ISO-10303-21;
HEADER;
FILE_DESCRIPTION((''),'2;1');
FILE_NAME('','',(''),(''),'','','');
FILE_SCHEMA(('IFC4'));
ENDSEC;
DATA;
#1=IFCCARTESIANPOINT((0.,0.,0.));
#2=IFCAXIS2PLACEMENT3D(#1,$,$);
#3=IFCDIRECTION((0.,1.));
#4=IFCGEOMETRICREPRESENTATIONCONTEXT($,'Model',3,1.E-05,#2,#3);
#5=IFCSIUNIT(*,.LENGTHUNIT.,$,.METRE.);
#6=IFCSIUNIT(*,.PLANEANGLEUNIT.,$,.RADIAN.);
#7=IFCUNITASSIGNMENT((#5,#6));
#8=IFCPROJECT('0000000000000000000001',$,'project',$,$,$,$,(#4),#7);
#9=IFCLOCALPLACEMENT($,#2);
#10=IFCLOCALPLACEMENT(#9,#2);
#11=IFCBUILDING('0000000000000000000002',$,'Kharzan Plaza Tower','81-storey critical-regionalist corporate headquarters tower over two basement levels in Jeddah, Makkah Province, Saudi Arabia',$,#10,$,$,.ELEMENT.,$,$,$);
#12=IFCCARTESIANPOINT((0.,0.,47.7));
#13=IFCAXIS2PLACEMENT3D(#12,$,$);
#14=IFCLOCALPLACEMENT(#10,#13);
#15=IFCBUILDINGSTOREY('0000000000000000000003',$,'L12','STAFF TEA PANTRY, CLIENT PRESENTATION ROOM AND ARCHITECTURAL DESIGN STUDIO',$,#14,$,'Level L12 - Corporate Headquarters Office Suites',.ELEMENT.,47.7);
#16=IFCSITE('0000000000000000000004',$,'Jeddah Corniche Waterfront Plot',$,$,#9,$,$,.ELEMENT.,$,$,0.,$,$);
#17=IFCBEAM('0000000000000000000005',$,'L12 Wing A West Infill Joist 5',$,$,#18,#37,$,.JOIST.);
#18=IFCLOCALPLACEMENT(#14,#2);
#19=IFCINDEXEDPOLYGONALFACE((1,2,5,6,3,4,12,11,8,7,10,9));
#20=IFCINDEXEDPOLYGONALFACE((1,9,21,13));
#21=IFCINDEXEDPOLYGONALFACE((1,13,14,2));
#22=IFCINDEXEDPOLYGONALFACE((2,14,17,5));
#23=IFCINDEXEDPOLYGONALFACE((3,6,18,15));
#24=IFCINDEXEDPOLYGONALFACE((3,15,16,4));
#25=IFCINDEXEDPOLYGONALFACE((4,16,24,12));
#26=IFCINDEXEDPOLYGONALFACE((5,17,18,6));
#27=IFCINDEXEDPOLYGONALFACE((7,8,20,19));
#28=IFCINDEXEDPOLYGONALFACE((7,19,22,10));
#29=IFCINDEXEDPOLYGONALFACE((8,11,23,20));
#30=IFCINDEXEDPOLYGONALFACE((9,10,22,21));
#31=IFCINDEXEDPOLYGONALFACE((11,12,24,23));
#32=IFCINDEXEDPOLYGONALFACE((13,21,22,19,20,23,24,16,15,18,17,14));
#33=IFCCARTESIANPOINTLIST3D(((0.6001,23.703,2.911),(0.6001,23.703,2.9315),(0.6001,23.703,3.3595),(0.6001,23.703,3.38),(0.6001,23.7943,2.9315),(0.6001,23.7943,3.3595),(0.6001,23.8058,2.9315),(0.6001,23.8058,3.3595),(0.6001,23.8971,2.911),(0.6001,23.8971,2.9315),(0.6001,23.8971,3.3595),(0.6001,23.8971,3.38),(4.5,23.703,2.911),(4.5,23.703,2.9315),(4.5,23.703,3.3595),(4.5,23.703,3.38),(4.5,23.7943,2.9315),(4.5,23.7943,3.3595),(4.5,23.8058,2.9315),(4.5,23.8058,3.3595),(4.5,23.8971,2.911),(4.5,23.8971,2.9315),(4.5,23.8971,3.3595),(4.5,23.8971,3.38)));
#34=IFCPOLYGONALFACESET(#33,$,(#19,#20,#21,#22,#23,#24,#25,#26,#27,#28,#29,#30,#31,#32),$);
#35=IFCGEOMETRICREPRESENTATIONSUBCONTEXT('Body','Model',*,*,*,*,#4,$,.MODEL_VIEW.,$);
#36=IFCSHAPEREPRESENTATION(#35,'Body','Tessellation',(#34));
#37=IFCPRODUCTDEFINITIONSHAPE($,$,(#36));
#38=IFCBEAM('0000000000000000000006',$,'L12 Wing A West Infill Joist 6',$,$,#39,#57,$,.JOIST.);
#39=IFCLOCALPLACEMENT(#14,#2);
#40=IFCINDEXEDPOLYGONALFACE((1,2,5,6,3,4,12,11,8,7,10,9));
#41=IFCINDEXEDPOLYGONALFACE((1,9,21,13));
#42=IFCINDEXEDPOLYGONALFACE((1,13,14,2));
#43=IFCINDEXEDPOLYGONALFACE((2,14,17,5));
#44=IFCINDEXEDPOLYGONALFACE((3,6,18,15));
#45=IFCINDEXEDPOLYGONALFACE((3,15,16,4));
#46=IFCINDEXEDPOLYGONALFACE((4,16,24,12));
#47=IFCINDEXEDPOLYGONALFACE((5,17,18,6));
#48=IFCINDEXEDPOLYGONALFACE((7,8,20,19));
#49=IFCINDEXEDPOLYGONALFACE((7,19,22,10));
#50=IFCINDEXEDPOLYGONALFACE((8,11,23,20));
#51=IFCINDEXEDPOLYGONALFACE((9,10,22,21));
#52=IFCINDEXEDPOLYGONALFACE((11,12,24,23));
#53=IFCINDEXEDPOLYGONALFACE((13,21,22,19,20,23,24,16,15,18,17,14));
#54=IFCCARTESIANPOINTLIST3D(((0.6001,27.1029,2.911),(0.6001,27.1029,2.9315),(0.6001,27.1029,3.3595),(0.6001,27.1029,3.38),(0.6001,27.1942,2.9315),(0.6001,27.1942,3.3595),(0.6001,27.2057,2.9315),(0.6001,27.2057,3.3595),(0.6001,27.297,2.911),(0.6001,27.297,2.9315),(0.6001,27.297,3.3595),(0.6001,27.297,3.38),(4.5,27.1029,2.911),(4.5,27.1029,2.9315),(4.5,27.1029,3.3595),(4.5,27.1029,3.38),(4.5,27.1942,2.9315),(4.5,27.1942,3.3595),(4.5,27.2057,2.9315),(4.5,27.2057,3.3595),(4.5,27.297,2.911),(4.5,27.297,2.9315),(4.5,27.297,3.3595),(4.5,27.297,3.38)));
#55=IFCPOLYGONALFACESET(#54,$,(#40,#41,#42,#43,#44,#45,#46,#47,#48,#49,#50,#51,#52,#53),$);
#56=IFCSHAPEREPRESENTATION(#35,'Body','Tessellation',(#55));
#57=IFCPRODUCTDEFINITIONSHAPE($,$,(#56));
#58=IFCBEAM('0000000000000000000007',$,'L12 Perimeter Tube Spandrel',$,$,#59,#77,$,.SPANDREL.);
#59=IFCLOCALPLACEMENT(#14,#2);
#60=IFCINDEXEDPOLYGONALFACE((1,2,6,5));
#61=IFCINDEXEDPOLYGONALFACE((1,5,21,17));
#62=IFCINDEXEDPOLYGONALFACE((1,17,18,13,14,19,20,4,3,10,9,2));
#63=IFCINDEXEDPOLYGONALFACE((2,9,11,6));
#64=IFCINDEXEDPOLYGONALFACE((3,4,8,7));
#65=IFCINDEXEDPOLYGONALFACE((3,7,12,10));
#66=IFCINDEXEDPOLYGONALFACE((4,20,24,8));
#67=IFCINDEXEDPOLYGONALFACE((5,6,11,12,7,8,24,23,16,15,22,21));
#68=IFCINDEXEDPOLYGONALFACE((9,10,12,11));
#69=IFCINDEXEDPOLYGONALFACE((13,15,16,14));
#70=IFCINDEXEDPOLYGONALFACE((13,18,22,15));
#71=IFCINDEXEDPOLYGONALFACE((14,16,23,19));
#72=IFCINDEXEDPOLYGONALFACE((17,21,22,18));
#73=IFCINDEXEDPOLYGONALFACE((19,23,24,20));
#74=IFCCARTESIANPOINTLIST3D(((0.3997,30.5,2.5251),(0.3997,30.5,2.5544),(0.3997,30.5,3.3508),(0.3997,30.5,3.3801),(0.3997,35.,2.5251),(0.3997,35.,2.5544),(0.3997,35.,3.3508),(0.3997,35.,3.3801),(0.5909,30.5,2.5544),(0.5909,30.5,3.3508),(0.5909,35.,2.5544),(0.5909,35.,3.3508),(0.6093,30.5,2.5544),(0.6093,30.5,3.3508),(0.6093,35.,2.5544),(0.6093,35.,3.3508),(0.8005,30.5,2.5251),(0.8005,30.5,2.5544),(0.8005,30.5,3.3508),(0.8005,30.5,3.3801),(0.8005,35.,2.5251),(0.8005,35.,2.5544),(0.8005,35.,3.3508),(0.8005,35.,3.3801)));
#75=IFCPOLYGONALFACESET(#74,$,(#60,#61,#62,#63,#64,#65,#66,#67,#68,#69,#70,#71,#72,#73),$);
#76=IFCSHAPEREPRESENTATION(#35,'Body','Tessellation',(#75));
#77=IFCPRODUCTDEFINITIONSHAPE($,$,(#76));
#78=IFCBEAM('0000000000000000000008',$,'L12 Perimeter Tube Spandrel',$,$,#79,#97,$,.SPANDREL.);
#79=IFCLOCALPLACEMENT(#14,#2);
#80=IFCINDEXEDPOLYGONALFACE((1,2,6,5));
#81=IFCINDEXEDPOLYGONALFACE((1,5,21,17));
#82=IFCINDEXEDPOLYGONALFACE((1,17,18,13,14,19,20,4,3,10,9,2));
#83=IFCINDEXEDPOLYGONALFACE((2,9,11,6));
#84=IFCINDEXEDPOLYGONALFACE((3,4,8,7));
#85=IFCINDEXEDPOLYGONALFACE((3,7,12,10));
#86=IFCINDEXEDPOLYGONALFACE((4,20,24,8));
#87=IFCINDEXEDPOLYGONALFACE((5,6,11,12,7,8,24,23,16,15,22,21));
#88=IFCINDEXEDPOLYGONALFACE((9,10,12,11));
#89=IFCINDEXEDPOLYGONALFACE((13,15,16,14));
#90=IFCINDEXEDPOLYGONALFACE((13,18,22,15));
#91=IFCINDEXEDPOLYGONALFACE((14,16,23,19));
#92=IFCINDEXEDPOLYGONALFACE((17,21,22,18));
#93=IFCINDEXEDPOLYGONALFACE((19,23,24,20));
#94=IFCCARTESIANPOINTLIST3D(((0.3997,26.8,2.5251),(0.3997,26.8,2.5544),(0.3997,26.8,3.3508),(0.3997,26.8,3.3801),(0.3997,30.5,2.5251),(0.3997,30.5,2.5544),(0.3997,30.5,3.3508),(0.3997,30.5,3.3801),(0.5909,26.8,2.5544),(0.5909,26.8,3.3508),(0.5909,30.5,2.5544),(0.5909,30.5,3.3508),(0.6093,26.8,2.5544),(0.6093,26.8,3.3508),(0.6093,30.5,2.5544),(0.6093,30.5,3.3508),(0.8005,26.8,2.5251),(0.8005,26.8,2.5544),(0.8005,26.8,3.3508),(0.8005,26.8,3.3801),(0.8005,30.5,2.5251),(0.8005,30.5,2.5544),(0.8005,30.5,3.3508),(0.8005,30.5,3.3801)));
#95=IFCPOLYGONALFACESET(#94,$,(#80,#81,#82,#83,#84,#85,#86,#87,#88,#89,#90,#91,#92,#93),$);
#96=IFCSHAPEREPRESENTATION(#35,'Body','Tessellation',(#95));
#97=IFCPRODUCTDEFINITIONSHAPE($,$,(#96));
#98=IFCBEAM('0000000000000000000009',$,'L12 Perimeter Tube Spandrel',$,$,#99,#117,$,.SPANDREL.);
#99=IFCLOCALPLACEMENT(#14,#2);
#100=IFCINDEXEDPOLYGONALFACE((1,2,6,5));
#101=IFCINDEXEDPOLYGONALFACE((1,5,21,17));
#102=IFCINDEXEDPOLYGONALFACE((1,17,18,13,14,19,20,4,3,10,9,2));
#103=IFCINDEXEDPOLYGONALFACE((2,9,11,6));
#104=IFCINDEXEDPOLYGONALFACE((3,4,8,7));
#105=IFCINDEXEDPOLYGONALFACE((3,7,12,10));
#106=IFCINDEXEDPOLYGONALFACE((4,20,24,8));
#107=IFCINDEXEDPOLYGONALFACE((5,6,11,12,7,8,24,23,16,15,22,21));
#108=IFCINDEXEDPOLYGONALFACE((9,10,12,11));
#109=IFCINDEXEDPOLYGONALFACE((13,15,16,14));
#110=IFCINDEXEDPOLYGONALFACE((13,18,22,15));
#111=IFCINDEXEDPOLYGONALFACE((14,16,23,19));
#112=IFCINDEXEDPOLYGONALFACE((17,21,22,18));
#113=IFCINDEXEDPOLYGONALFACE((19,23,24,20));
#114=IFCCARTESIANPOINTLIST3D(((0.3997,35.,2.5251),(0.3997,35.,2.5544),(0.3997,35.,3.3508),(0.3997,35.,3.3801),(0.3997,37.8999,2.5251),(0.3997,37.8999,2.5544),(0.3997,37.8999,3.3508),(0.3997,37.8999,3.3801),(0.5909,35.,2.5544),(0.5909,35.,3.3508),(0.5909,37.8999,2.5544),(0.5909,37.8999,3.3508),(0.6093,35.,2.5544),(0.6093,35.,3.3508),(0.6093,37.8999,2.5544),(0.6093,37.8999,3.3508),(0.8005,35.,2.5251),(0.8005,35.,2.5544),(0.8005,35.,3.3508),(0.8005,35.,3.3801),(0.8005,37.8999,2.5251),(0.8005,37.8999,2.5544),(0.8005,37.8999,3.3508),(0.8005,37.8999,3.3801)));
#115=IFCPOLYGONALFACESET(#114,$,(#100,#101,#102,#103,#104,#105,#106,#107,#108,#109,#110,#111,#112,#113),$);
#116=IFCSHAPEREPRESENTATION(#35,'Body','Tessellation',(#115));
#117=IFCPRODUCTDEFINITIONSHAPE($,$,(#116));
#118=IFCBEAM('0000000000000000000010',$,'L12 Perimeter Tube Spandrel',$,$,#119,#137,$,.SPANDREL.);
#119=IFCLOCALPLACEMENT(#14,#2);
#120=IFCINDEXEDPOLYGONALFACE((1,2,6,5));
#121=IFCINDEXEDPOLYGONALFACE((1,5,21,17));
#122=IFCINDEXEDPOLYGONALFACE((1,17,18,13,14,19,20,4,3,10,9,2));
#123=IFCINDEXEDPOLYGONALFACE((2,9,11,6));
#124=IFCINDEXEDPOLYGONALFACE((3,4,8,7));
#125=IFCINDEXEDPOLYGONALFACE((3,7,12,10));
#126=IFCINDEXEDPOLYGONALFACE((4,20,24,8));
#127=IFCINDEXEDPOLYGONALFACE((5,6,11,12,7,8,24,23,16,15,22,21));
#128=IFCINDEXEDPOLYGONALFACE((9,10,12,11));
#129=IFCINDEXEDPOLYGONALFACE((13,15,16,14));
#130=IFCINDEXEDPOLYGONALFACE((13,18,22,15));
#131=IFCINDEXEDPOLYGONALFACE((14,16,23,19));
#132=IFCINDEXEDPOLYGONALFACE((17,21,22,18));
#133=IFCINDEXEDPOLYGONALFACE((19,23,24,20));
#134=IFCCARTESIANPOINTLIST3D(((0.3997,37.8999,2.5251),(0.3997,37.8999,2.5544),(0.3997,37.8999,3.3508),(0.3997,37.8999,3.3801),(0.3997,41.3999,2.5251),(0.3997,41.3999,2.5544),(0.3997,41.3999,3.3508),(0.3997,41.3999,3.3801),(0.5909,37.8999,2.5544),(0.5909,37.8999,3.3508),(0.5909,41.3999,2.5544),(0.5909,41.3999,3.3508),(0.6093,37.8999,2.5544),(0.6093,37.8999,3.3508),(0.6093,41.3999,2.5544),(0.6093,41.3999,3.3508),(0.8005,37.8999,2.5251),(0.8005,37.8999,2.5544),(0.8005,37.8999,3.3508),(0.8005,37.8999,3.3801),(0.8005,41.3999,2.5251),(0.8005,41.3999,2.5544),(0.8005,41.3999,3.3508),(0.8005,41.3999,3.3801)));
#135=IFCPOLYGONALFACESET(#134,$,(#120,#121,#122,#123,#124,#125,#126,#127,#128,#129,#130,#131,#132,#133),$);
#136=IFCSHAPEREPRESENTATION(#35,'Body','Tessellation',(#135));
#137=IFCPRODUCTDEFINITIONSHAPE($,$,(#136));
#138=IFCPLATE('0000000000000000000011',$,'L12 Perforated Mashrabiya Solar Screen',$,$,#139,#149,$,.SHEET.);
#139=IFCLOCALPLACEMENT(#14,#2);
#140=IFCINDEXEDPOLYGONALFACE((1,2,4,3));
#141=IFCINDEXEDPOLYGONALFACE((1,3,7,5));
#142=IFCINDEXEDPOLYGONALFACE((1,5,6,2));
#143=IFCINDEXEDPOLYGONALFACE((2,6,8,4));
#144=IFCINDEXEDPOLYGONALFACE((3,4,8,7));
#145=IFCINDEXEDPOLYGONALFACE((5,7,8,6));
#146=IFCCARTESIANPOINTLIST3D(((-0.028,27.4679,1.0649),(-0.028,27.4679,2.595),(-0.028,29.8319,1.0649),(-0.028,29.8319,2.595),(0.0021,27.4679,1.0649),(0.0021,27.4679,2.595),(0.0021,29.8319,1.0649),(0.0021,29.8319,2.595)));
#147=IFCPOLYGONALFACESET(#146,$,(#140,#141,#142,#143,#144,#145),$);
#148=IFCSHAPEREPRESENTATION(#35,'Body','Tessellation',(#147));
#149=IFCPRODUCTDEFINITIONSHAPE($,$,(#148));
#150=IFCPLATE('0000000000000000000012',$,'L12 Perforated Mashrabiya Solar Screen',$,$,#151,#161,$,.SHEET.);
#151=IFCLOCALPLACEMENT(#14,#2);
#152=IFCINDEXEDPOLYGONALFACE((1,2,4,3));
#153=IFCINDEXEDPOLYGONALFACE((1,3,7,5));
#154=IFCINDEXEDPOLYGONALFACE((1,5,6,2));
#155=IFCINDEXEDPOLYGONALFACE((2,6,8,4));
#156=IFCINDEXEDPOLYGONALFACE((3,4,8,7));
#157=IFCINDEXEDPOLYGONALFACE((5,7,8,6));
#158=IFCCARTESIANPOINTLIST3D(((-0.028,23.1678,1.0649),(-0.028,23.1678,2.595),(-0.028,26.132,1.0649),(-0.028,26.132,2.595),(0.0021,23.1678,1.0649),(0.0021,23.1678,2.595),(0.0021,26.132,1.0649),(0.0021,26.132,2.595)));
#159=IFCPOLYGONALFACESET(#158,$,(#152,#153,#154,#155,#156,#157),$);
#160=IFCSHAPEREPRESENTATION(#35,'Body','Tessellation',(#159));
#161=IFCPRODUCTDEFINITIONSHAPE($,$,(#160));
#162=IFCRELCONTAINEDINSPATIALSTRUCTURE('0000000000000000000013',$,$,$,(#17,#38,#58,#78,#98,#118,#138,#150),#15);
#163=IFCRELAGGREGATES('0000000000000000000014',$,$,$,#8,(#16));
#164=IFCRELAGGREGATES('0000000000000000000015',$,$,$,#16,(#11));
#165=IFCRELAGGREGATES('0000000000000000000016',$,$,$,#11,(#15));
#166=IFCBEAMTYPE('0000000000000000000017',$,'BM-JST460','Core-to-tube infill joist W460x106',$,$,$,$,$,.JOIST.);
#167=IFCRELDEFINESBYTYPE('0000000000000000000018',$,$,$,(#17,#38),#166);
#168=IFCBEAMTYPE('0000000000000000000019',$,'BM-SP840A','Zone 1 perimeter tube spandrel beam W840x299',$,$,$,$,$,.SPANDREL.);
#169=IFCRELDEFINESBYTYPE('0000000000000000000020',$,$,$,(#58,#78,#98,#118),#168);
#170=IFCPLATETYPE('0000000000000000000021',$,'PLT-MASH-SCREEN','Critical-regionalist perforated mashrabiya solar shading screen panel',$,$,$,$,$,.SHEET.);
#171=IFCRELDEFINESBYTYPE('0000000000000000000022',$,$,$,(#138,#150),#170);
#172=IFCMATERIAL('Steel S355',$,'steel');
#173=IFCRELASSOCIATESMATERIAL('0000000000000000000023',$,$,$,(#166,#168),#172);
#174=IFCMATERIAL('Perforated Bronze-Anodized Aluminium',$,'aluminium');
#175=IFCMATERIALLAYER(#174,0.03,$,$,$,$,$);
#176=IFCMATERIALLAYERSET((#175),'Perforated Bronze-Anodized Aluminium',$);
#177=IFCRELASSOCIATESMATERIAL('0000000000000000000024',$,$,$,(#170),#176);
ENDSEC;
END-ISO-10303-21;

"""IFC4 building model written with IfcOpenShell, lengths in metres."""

from ifc_helpers import new_model, si_unit, direction, frame, origin, origin_2d, place, context, subcontext, project, spatial, rectangle, i_section, extrude, source, transform, mapped, material, layer, layer_set, material_profile, profile_set, type_object, element, save


model = new_model("IFC4")

# Units and contexts
model_context = context("Model", 3, precision=1e-05, world=origin(), true_north=direction((0.0, 1.0)))
body_context = subcontext(model_context, "Body", "Model", "MODEL_VIEW")
ifc_project = project(units=[si_unit("LENGTHUNIT", "METRE"), si_unit("PLANEANGLEUNIT", "RADIAN")], contexts=[model_context])

# Site, building, storey
site_placement = place(None, origin())
site = spatial("IfcSite", under=ifc_project, at=site_placement, Name="Jeddah Corniche Waterfront Plot", CompositionType="ELEMENT", RefElevation=0.0)
building_placement = place(site_placement, origin())
building = spatial("IfcBuilding", under=site, at=building_placement, Name="Kharzan Plaza Tower", Description="81-storey critical-regionalist corporate headquarters tower over two basement levels in Jeddah, Makkah Province, Saudi Arabia", CompositionType="ELEMENT")
storey_placement = place(building_placement, frame((0.0, 0.0, 47.7)))
storey = spatial("IfcBuildingStorey", under=building, at=storey_placement, Name="L12", Description="STAFF TEA PANTRY, CLIENT PRESENTATION ROOM AND ARCHITECTURAL DESIGN STUDIO", LongName="Level L12 - Corporate Headquarters Office Suites", CompositionType="ELEMENT", Elevation=47.7)

# Beams
ifc_material_1 = material(Name="Steel S355", Category="steel")
ifc_material_profile_1 = material_profile(ifc_material_1, i_section(OverallWidth=0.1941, OverallDepth=0.469, WebThickness=0.0115, FlangeThickness=0.0205, at=origin_2d()), Name="W460x106")
ifc_profile_set_1 = profile_set([ifc_material_profile_1], Name="Steel S355")
beam_type_1 = type_object("IfcBeamType", Name="BM-JST460", Description="Core-to-tube infill joist W460x106", PredefinedType="JOIST", material=ifc_profile_set_1)
shared_shape_1 = source(origin(), body_context, "Body", "SweptSolid", [
    extrude(i_section(OverallWidth=0.1941, OverallDepth=0.469, WebThickness=0.0115, FlangeThickness=0.0205, at=origin_2d()), origin(), (0.0, 0.0, 1.0), 3.8999),
])
for number, where, z_axis, x_axis, name in (
    (1, (0.6001, 23.8, 3.1455), (1.0, 0.0, 0.0), (0.0, 1.0, 0.0), "L12 Wing A West Infill Joist 5"),
    (2, (0.6001, 27.2, 3.1455), (1.0, 0.0, 0.0), (0.0, 1.0, 0.0), "L12 Wing A West Infill Joist 6"),
):
    element("IfcBeam", number, at=place(storey_placement, frame(where, z_axis=z_axis, x_axis=x_axis)), inside=storey, type_object=beam_type_1, Name=name, PredefinedType="JOIST", context=body_context, shape_type="MappedRepresentation", body=[
        mapped(shared_shape_1, transform((0.0, 0.0, 0.0), x_axis=(1.0, 0.0, 0.0), y_axis=(0.0, 1.0, 0.0), z_axis=(0.0, 0.0, 1.0))),
    ])
ifc_material_profile_2 = material_profile(ifc_material_1, i_section(OverallWidth=0.4009, OverallDepth=0.855, WebThickness=0.0183, FlangeThickness=0.0293, at=origin_2d()), Name="W840x299")
ifc_profile_set_2 = profile_set([ifc_material_profile_2], Name="Steel S355")
beam_type_2 = type_object("IfcBeamType", Name="BM-SP840A", Description="Zone 1 perimeter tube spandrel beam W840x299", PredefinedType="SPANDREL", material=ifc_profile_set_2)
shared_shape_2 = source(origin(), body_context, "Body", "SweptSolid", [
    extrude(i_section(OverallWidth=0.4009, OverallDepth=0.855, WebThickness=0.0183, FlangeThickness=0.0293, at=origin_2d()), origin(), (0.0, 0.0, 1.0), 4.5),
])
beam_1_placement = place(storey_placement, frame((0.6001, 30.5, 2.9526), z_axis=(0.0, 1.0, 0.0), x_axis=(-1.0, 0.0, 0.0)))
element("IfcBeam", 3, at=beam_1_placement, inside=storey, type_object=beam_type_2, Name="L12 Perimeter Tube Spandrel", PredefinedType="SPANDREL", context=body_context, shape_type="MappedRepresentation", body=[
    mapped(shared_shape_2, transform((0.0, 0.0, 0.0), x_axis=(1.0, 0.0, 0.0), y_axis=(0.0, 1.0, 0.0), z_axis=(0.0, 0.0, 1.0))),
])
shared_shape_3 = source(origin(), body_context, "Body", "SweptSolid", [
    extrude(i_section(OverallWidth=0.4009, OverallDepth=0.855, WebThickness=0.0183, FlangeThickness=0.0293, at=origin_2d()), origin(), (0.0, 0.0, 1.0), 3.7),
])
beam_2_placement = place(storey_placement, frame((0.6001, 26.8, 2.9526), z_axis=(0.0, 1.0, 0.0), x_axis=(-1.0, 0.0, 0.0)))
element("IfcBeam", 4, at=beam_2_placement, inside=storey, type_object=beam_type_2, Name="L12 Perimeter Tube Spandrel", PredefinedType="SPANDREL", context=body_context, shape_type="MappedRepresentation", body=[
    mapped(shared_shape_3, transform((0.0, 0.0, 0.0), x_axis=(1.0, 0.0, 0.0), y_axis=(0.0, 1.0, 0.0), z_axis=(0.0, 0.0, 1.0))),
])
shared_shape_4 = source(origin(), body_context, "Body", "SweptSolid", [
    extrude(i_section(OverallWidth=0.4009, OverallDepth=0.855, WebThickness=0.0183, FlangeThickness=0.0293, at=origin_2d()), origin(), (0.0, 0.0, 1.0), 2.8999),
])
beam_3_placement = place(storey_placement, frame((0.6001, 35.0, 2.9526), z_axis=(0.0, 1.0, 0.0), x_axis=(-1.0, 0.0, 0.0)))
element("IfcBeam", 5, at=beam_3_placement, inside=storey, type_object=beam_type_2, Name="L12 Perimeter Tube Spandrel", PredefinedType="SPANDREL", context=body_context, shape_type="MappedRepresentation", body=[
    mapped(shared_shape_4, transform((0.0, 0.0, 0.0), x_axis=(1.0, 0.0, 0.0), y_axis=(0.0, 1.0, 0.0), z_axis=(0.0, 0.0, 1.0))),
])
shared_shape_5 = source(origin(), body_context, "Body", "SweptSolid", [
    extrude(i_section(OverallWidth=0.4009, OverallDepth=0.855, WebThickness=0.0183, FlangeThickness=0.0293, at=origin_2d()), origin(), (0.0, 0.0, 1.0), 3.5),
])
beam_4_placement = place(storey_placement, frame((0.6001, 37.8999, 2.9526), z_axis=(0.0, 1.0, 0.0), x_axis=(-1.0, 0.0, 0.0)))
element("IfcBeam", 6, at=beam_4_placement, inside=storey, type_object=beam_type_2, Name="L12 Perimeter Tube Spandrel", PredefinedType="SPANDREL", context=body_context, shape_type="MappedRepresentation", body=[
    mapped(shared_shape_5, transform((0.0, 0.0, 0.0), x_axis=(1.0, 0.0, 0.0), y_axis=(0.0, 1.0, 0.0), z_axis=(0.0, 0.0, 1.0))),
])

# Plates
ifc_material_2 = material(Name="Perforated Bronze-Anodized Aluminium", Category="aluminium")
ifc_layer_1 = layer(ifc_material_2, 0.03)
ifc_layer_set_1 = layer_set([ifc_layer_1], Name="Perforated Bronze-Anodized Aluminium")
plate_type = type_object("IfcPlateType", Name="PLT-MASH-SCREEN", Description="Critical-regionalist perforated mashrabiya solar shading screen panel", PredefinedType="SHEET", material=ifc_layer_set_1)
shared_shape_6 = source(origin(), body_context, "Body", "SweptSolid", [
    extrude(rectangle(XDim=2.364, YDim=0.03, at=origin_2d()), origin(), (0.0, 0.0, 1.0), 1.53),
])
plate_1_placement = place(storey_placement, frame((-0.0129, 28.6499, 1.0649), z_axis=(0.0, 0.0, 1.0), x_axis=(0.0, -1.0, 0.0)))
element("IfcPlate", 7, at=plate_1_placement, inside=storey, type_object=plate_type, Name="L12 Perforated Mashrabiya Solar Screen", PredefinedType="SHEET", context=body_context, shape_type="MappedRepresentation", body=[
    mapped(shared_shape_6, transform((0.0, 0.0, 0.0), x_axis=(1.0, 0.0, 0.0), y_axis=(0.0, 1.0, 0.0), z_axis=(0.0, 0.0, 1.0))),
])
shared_shape_7 = source(origin(), body_context, "Body", "SweptSolid", [
    extrude(rectangle(XDim=2.9641, YDim=0.03, at=origin_2d()), origin(), (0.0, 0.0, 1.0), 1.53),
])
plate_2_placement = place(storey_placement, frame((-0.0129, 24.6499, 1.0649), z_axis=(0.0, 0.0, 1.0), x_axis=(0.0, -1.0, 0.0)))
element("IfcPlate", 8, at=plate_2_placement, inside=storey, type_object=plate_type, Name="L12 Perforated Mashrabiya Solar Screen", PredefinedType="SHEET", context=body_context, shape_type="MappedRepresentation", body=[
    mapped(shared_shape_7, transform((0.0, 0.0, 0.0), x_axis=(1.0, 0.0, 0.0), y_axis=(0.0, 1.0, 0.0), z_axis=(0.0, 0.0, 1.0))),
])

save(model, "model.ifc")
